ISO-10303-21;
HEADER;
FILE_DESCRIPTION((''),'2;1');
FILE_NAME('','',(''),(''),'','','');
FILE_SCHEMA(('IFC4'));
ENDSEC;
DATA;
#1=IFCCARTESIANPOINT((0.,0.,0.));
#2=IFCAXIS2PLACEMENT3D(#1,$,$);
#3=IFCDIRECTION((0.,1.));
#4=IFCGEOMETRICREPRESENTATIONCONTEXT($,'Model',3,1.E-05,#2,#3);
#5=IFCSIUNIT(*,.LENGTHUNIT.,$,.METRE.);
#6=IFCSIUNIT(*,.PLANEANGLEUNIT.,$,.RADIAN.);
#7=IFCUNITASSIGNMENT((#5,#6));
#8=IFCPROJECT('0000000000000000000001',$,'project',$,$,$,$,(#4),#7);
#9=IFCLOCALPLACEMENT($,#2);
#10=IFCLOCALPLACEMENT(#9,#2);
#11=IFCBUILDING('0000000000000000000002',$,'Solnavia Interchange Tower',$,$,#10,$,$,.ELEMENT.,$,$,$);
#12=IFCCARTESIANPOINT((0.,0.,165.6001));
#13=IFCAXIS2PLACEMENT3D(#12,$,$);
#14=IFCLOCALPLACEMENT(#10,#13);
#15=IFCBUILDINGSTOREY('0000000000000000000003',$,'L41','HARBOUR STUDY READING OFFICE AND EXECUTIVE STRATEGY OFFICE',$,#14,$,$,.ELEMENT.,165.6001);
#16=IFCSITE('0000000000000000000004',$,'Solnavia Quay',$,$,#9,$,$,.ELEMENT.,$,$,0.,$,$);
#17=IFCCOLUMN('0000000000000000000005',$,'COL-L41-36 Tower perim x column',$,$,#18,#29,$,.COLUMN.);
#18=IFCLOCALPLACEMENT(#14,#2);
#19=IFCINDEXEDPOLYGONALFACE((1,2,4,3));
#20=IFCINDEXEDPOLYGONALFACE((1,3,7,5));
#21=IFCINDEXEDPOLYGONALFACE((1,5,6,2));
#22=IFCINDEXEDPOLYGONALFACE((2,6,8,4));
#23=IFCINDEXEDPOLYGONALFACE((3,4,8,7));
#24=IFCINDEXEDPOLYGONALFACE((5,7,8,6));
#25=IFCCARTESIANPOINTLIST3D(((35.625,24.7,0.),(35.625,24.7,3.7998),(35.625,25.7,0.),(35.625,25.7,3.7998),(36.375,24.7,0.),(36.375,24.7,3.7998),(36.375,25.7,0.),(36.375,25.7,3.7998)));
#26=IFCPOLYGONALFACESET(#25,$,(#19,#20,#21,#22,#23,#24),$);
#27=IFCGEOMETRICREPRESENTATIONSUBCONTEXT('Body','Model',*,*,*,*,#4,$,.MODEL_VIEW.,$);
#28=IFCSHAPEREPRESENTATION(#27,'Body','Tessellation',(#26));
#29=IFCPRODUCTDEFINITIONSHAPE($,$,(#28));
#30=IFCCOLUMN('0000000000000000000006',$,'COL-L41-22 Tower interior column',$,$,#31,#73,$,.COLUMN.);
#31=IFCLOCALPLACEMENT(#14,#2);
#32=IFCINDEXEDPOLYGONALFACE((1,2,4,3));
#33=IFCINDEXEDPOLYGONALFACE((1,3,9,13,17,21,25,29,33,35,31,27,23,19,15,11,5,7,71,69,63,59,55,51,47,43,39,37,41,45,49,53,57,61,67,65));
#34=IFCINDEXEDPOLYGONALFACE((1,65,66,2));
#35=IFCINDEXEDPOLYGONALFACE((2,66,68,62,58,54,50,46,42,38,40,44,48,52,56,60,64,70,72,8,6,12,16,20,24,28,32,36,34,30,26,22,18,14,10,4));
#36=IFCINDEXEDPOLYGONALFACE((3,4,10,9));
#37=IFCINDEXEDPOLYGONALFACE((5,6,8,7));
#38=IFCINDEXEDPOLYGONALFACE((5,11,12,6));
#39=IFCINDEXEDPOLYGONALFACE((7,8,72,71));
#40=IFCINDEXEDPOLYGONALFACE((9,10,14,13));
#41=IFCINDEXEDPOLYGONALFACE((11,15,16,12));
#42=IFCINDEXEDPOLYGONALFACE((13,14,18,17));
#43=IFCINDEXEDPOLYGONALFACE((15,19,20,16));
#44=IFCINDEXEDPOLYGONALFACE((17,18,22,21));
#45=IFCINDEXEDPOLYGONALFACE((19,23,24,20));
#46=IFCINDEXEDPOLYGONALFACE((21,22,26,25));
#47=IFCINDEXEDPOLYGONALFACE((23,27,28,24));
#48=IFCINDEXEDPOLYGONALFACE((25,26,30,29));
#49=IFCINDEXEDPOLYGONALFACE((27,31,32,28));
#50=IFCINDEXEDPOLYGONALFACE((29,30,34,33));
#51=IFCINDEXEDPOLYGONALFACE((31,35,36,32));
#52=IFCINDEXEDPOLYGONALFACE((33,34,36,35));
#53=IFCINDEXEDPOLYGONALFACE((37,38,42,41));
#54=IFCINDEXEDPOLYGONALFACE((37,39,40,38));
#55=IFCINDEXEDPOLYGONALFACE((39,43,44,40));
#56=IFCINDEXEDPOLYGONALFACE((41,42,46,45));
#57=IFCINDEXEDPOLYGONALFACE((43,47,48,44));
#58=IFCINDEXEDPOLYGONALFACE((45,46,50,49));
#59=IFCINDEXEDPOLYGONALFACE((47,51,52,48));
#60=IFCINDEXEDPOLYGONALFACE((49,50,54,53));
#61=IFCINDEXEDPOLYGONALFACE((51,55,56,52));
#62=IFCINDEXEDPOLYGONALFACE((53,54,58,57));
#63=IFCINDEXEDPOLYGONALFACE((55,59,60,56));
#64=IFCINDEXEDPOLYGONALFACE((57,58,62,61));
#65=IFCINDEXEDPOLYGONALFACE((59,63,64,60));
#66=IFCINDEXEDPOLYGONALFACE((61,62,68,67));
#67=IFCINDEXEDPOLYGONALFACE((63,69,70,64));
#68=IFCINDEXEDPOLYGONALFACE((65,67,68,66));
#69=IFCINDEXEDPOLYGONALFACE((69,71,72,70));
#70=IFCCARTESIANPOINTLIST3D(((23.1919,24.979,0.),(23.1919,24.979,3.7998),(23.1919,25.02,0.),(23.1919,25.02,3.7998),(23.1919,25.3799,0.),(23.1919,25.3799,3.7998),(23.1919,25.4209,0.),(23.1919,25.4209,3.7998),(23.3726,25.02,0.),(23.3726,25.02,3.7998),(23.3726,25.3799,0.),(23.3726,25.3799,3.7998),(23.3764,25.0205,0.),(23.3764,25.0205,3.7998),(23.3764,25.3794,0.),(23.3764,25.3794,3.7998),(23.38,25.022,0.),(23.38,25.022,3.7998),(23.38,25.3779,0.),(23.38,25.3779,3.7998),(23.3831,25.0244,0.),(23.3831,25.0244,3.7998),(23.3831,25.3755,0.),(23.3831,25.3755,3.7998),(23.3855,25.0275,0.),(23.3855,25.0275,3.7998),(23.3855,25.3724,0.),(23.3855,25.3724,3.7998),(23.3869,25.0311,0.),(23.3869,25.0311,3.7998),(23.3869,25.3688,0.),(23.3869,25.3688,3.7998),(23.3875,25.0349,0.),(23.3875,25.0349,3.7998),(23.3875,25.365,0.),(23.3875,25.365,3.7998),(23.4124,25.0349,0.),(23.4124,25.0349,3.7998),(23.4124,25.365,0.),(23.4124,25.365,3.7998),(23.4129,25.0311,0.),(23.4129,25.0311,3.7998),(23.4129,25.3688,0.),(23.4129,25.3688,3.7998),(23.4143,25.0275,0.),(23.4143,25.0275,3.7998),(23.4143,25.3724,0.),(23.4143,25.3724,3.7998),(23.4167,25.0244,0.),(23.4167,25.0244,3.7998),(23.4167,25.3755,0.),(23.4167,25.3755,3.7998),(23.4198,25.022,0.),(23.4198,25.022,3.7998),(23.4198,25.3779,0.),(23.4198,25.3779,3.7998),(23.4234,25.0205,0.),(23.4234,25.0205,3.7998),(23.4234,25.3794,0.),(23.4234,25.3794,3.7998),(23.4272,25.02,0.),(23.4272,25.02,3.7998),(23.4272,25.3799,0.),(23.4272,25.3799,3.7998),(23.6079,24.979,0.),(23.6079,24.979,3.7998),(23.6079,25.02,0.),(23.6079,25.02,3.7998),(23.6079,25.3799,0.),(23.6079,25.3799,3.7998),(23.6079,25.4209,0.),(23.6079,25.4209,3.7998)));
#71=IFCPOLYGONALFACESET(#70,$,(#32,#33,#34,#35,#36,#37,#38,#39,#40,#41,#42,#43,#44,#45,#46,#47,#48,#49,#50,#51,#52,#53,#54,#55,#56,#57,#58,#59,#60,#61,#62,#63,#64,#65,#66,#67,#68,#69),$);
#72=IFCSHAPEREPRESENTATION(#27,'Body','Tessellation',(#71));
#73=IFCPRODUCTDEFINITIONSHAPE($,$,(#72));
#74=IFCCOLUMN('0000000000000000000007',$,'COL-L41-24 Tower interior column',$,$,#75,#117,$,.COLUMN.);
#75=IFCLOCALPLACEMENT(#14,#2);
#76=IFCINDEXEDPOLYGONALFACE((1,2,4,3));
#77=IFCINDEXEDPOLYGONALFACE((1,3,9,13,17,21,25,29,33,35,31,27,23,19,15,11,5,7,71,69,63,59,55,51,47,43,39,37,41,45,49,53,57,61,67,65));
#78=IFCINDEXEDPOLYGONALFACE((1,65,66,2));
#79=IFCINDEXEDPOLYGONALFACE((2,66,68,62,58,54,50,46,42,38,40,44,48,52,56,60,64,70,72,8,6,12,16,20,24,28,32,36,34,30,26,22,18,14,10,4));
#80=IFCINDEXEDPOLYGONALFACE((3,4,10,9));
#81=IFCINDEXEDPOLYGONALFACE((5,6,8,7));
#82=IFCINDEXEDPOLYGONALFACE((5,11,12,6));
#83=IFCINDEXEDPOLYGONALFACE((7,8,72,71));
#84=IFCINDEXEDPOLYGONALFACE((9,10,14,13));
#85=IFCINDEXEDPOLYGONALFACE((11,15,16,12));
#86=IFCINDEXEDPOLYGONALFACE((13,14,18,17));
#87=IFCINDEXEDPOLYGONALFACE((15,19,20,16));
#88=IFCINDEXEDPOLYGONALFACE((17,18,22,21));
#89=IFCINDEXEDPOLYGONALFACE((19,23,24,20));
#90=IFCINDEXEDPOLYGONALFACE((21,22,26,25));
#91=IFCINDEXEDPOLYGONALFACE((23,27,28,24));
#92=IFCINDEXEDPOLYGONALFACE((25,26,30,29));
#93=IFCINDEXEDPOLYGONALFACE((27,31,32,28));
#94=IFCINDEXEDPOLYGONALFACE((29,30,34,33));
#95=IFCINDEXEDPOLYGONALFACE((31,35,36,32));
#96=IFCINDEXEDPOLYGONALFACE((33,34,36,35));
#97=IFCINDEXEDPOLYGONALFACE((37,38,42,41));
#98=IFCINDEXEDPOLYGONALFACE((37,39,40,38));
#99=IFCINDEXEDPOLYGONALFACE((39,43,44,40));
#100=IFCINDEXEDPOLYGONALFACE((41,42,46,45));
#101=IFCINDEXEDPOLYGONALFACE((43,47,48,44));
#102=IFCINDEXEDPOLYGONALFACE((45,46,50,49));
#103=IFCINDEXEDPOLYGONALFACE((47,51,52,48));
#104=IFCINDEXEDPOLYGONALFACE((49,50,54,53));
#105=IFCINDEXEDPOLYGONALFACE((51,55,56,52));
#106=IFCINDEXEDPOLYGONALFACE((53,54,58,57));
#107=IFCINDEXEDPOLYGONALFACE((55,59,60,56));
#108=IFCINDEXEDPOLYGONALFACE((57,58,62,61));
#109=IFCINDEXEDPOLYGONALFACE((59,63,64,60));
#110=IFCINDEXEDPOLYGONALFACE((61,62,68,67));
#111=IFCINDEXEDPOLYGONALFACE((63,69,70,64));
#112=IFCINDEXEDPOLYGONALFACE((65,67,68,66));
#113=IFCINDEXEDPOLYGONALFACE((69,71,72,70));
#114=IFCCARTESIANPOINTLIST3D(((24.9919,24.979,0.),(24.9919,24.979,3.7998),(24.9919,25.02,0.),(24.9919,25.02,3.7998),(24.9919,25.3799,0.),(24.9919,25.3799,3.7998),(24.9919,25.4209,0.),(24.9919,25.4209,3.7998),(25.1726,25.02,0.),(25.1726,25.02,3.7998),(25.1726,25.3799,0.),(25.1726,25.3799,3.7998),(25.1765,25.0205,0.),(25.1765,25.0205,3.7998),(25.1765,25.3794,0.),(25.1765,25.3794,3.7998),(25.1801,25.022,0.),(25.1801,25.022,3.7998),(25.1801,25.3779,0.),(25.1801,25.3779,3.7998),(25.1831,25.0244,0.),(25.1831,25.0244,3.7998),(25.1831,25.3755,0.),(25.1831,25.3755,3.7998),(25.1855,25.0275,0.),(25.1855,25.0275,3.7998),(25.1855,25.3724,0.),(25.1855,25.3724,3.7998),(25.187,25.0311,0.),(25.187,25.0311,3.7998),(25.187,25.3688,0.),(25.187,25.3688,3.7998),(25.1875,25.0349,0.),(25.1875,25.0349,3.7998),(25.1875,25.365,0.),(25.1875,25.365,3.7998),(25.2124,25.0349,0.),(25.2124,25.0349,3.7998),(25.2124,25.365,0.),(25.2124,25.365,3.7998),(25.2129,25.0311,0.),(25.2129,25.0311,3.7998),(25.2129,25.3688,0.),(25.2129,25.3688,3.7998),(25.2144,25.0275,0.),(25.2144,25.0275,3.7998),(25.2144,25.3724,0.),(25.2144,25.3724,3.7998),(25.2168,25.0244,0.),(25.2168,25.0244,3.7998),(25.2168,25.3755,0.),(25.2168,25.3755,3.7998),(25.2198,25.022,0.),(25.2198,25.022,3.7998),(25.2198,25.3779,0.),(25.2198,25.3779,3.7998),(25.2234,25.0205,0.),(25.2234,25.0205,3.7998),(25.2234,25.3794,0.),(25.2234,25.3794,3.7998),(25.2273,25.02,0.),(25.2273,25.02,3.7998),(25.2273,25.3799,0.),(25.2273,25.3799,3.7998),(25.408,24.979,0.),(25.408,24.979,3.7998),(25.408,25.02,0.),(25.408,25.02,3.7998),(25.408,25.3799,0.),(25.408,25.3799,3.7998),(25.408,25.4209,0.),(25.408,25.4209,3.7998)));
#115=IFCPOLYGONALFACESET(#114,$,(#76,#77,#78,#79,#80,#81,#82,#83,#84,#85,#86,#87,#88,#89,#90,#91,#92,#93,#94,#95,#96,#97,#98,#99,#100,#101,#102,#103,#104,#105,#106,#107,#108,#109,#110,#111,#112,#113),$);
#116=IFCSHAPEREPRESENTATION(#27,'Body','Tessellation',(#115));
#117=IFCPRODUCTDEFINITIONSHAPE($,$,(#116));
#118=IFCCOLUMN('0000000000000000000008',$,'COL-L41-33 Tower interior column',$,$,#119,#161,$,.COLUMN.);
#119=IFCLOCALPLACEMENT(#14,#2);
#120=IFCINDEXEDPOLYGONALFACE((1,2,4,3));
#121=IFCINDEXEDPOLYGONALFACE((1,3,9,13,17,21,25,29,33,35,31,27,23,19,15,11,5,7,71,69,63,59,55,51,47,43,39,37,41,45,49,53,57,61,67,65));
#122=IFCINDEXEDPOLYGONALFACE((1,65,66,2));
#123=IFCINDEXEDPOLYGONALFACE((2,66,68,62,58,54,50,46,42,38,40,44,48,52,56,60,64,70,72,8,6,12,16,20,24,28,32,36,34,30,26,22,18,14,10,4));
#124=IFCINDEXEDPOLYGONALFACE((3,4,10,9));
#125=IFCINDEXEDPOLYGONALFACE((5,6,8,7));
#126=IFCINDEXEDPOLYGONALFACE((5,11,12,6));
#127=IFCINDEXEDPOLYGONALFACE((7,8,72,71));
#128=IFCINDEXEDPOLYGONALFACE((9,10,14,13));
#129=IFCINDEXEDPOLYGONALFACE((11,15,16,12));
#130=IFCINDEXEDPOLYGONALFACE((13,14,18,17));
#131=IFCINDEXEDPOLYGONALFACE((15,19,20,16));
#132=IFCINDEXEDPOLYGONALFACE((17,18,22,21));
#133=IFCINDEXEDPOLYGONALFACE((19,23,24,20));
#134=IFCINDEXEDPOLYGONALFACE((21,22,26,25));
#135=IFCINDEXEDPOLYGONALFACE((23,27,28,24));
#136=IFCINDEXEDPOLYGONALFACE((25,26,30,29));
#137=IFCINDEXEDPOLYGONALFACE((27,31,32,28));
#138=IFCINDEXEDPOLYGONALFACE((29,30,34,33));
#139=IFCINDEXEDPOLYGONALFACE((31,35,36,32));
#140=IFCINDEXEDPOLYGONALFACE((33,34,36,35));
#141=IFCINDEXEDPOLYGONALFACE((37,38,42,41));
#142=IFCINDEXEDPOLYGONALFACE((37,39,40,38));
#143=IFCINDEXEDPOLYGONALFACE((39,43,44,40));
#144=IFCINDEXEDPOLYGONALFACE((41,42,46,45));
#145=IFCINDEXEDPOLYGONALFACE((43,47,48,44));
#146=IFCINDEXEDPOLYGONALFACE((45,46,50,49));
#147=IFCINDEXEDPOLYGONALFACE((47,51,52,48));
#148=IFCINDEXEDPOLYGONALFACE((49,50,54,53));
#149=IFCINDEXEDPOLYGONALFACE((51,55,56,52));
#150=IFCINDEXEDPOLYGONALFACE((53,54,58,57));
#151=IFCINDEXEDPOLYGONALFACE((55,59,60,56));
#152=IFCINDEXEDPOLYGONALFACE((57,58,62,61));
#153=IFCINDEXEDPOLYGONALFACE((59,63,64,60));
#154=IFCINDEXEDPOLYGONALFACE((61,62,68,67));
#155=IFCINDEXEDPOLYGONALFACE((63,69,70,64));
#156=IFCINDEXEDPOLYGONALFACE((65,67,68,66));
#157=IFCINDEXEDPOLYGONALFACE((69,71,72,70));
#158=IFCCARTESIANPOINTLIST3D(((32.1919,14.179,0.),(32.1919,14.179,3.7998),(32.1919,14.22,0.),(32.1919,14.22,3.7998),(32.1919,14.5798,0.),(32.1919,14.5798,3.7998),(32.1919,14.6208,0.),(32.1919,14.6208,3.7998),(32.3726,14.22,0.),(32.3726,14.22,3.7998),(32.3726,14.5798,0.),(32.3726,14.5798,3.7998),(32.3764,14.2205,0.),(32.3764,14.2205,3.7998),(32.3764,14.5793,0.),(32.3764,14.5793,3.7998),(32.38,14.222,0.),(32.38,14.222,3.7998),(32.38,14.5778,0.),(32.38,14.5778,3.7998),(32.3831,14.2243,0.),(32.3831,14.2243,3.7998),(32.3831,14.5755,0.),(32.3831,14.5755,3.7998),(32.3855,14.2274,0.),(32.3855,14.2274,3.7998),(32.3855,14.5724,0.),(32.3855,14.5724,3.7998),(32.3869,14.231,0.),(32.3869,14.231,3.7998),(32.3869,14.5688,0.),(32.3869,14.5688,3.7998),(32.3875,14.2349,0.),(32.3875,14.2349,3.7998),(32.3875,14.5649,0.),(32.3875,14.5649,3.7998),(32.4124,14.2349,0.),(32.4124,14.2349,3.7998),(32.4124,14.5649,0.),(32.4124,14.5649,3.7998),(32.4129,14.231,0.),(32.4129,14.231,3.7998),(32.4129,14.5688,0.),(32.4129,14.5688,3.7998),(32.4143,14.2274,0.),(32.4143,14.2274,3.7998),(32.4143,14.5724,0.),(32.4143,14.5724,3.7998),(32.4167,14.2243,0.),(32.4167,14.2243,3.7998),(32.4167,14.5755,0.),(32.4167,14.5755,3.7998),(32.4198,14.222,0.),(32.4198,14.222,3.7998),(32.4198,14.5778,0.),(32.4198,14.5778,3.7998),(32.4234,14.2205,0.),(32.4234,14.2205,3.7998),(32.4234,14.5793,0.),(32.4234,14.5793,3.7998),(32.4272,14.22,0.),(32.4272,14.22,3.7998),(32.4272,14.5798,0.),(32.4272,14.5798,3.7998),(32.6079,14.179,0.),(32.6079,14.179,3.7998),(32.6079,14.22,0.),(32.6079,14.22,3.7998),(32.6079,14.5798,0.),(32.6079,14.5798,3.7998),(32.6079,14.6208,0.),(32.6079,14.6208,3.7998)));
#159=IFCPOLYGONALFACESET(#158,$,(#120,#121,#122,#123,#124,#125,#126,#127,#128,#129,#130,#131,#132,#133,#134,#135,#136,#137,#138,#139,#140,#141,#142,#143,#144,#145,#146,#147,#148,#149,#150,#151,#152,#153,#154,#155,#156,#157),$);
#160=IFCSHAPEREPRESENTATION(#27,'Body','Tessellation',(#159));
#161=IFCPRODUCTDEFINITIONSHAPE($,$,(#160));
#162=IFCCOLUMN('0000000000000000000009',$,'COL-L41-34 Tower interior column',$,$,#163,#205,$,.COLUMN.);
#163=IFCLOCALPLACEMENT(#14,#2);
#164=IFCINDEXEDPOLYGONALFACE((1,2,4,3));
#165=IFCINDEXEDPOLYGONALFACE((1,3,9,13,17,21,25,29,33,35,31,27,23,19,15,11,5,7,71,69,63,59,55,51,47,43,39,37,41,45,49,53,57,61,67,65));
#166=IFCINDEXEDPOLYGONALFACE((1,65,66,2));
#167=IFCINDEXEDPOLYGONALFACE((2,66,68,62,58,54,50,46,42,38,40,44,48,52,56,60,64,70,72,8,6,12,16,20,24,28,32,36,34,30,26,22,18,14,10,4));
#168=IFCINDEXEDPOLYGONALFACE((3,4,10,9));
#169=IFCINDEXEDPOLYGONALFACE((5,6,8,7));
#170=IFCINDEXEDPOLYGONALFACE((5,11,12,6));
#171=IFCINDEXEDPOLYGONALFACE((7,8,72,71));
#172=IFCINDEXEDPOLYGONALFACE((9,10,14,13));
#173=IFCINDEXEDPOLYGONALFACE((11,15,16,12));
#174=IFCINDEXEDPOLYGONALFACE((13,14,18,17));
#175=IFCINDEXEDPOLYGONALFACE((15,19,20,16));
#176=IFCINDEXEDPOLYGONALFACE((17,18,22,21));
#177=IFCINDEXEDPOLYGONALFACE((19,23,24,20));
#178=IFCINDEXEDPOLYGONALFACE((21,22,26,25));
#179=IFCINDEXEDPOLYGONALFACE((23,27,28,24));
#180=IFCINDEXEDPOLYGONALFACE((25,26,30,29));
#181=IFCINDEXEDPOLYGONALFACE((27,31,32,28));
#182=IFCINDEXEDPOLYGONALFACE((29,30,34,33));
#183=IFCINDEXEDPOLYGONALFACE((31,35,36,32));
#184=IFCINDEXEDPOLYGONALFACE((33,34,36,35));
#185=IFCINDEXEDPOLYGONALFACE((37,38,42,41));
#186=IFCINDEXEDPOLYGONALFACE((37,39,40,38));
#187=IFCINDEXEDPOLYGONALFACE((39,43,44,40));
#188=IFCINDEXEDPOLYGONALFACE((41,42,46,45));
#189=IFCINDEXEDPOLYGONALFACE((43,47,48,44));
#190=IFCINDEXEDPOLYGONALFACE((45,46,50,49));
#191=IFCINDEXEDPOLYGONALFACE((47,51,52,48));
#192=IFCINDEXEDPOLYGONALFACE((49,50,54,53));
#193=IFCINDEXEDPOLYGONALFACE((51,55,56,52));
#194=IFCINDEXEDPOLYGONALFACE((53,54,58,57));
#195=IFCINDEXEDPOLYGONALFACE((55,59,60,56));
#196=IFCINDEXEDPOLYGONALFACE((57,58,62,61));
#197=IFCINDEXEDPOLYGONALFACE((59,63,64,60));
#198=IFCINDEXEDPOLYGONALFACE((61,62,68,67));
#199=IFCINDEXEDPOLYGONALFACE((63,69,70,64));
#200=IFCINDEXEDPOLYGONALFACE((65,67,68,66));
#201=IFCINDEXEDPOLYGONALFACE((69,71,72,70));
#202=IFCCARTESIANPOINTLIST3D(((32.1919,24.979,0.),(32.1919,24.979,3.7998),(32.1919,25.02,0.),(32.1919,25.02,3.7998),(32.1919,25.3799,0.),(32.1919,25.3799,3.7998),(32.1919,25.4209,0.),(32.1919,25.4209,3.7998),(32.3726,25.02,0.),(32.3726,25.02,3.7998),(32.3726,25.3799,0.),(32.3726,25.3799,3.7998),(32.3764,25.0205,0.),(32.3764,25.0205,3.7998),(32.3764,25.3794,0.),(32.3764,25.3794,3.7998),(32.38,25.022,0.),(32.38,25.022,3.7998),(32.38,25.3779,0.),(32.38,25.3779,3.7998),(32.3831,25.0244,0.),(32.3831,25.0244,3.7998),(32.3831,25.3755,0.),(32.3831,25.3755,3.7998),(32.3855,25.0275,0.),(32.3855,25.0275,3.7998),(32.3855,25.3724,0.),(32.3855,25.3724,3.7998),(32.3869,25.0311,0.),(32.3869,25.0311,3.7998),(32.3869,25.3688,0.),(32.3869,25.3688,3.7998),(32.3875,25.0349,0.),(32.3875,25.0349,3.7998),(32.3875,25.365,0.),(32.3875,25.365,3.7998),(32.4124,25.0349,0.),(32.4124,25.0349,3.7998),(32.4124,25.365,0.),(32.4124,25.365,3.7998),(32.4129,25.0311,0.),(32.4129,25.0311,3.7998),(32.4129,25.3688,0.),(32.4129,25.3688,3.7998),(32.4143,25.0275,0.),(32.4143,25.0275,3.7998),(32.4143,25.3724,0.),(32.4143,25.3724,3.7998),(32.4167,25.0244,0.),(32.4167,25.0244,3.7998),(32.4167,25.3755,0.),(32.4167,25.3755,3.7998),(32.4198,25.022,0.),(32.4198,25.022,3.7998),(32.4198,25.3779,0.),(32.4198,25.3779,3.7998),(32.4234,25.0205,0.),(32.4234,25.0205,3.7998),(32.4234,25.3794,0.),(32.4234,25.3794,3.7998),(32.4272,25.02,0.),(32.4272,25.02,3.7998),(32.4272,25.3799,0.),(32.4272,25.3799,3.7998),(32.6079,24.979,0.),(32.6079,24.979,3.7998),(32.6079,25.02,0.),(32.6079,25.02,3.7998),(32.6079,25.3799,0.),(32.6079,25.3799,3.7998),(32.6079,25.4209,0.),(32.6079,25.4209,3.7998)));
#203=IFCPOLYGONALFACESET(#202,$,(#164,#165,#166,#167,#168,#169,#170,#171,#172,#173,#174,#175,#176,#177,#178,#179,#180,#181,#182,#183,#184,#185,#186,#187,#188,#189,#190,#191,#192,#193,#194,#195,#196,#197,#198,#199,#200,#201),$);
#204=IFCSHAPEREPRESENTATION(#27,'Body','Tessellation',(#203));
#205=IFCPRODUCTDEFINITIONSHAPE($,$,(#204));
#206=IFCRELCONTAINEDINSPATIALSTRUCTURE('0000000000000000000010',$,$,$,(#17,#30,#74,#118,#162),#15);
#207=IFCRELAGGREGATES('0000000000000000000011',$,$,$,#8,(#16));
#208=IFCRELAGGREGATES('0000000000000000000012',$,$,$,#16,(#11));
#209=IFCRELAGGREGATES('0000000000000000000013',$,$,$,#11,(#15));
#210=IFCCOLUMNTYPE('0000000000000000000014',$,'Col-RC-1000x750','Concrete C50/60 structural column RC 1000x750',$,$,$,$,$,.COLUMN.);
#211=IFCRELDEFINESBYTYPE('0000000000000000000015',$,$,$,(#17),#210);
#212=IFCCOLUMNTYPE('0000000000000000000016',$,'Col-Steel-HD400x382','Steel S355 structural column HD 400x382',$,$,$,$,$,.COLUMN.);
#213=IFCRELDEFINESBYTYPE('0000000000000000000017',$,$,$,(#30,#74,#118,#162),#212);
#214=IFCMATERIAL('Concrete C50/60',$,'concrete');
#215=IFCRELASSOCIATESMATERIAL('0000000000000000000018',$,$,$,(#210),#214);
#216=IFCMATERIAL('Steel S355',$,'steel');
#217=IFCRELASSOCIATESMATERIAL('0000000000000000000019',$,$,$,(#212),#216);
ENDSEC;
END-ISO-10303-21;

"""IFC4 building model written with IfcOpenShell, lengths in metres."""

from ifc_helpers import new_model, si_unit, direction, frame, origin, origin_2d, place, context, subcontext, project, spatial, rectangle, i_section, extrude, material, material_profile, profile_set, type_object, element, save


model = new_model("IFC4")

# Units and contexts
model_context = context("Model", 3, precision=1e-05, world=origin(), true_north=direction((0.0, 1.0)))
body_context = subcontext(model_context, "Body", "Model", "MODEL_VIEW")
ifc_project = project(units=[si_unit("LENGTHUNIT", "METRE"), si_unit("PLANEANGLEUNIT", "RADIAN")], contexts=[model_context])

# Site, building, storey
site_placement = place(None, origin())
site = spatial("IfcSite", under=ifc_project, at=site_placement, Name="Solnavia Quay", CompositionType="ELEMENT", RefElevation=0.0)
building_placement = place(site_placement, origin())
building = spatial("IfcBuilding", under=site, at=building_placement, Name="Solnavia Interchange Tower", CompositionType="ELEMENT")
storey_placement = place(building_placement, frame((0.0, 0.0, 165.6001)))
storey = spatial("IfcBuildingStorey", under=building, at=storey_placement, Name="L41", Description="HARBOUR STUDY READING OFFICE AND EXECUTIVE STRATEGY OFFICE", CompositionType="ELEMENT", Elevation=165.6001)

# Columns
ifc_material_1 = material(Name="Concrete C50/60", Category="concrete")
ifc_material_profile_1 = material_profile(ifc_material_1, rectangle(XDim=0.75, YDim=1.0, at=origin_2d()), Name="RC 1000x750")
ifc_profile_set_1 = profile_set([ifc_material_profile_1], Name="Concrete C50/60")
column_type_1 = type_object("IfcColumnType", Name="Col-RC-1000x750", Description="Concrete C50/60 structural column RC 1000x750", PredefinedType="COLUMN", material=ifc_profile_set_1)
column_placement = place(storey_placement, frame((36.0, 25.2, 0.0), z_axis=(0.0, 0.0, 1.0), x_axis=(1.0, 0.0, 0.0)))
element("IfcColumn", 1, at=column_placement, inside=storey, type_object=column_type_1, Name="COL-L41-36 Tower perim x column", PredefinedType="COLUMN", context=body_context, shape_type="SweptSolid", body=[
    extrude(rectangle(XDim=0.75, YDim=1.0, at=origin_2d()), origin(), (0.0, 0.0, 1.0), 3.7998),
])
ifc_material_2 = material(Name="Steel S355", Category="steel")
ifc_material_profile_2 = material_profile(ifc_material_2, i_section(OverallWidth=0.416, OverallDepth=0.4419, WebThickness=0.0249, FlangeThickness=0.041, FilletRadius=0.0149, at=origin_2d()), Name="HD 400x382")
ifc_profile_set_2 = profile_set([ifc_material_profile_2], Name="Steel S355")
column_type_2 = type_object("IfcColumnType", Name="Col-Steel-HD400x382", Description="Steel S355 structural column HD 400x382", PredefinedType="COLUMN", material=ifc_profile_set_2)
for number, where, z_axis, x_axis, name in (
    (2, (23.3999, 25.2, 0.0), (0.0, 0.0, 1.0), (1.0, 0.0, 0.0), "COL-L41-22 Tower interior column"),
    (3, (25.2, 25.2, 0.0), (0.0, 0.0, 1.0), (1.0, 0.0, 0.0), "COL-L41-24 Tower interior column"),
    (4, (32.3999, 14.3999, 0.0), (0.0, 0.0, 1.0), (1.0, 0.0, 0.0), "COL-L41-33 Tower interior column"),
    (5, (32.3999, 25.2, 0.0), (0.0, 0.0, 1.0), (1.0, 0.0, 0.0), "COL-L41-34 Tower interior column"),
):
    element("IfcColumn", number, at=place(storey_placement, frame(where, z_axis=z_axis, x_axis=x_axis)), inside=storey, type_object=column_type_2, Name=name, PredefinedType="COLUMN", context=body_context, shape_type="SweptSolid", body=[
        extrude(i_section(OverallWidth=0.416, OverallDepth=0.4419, WebThickness=0.0249, FlangeThickness=0.041, FilletRadius=0.0149, at=origin_2d()), origin(), (0.0, 0.0, 1.0), 3.7998),
    ])

save(model, "model.ifc")
